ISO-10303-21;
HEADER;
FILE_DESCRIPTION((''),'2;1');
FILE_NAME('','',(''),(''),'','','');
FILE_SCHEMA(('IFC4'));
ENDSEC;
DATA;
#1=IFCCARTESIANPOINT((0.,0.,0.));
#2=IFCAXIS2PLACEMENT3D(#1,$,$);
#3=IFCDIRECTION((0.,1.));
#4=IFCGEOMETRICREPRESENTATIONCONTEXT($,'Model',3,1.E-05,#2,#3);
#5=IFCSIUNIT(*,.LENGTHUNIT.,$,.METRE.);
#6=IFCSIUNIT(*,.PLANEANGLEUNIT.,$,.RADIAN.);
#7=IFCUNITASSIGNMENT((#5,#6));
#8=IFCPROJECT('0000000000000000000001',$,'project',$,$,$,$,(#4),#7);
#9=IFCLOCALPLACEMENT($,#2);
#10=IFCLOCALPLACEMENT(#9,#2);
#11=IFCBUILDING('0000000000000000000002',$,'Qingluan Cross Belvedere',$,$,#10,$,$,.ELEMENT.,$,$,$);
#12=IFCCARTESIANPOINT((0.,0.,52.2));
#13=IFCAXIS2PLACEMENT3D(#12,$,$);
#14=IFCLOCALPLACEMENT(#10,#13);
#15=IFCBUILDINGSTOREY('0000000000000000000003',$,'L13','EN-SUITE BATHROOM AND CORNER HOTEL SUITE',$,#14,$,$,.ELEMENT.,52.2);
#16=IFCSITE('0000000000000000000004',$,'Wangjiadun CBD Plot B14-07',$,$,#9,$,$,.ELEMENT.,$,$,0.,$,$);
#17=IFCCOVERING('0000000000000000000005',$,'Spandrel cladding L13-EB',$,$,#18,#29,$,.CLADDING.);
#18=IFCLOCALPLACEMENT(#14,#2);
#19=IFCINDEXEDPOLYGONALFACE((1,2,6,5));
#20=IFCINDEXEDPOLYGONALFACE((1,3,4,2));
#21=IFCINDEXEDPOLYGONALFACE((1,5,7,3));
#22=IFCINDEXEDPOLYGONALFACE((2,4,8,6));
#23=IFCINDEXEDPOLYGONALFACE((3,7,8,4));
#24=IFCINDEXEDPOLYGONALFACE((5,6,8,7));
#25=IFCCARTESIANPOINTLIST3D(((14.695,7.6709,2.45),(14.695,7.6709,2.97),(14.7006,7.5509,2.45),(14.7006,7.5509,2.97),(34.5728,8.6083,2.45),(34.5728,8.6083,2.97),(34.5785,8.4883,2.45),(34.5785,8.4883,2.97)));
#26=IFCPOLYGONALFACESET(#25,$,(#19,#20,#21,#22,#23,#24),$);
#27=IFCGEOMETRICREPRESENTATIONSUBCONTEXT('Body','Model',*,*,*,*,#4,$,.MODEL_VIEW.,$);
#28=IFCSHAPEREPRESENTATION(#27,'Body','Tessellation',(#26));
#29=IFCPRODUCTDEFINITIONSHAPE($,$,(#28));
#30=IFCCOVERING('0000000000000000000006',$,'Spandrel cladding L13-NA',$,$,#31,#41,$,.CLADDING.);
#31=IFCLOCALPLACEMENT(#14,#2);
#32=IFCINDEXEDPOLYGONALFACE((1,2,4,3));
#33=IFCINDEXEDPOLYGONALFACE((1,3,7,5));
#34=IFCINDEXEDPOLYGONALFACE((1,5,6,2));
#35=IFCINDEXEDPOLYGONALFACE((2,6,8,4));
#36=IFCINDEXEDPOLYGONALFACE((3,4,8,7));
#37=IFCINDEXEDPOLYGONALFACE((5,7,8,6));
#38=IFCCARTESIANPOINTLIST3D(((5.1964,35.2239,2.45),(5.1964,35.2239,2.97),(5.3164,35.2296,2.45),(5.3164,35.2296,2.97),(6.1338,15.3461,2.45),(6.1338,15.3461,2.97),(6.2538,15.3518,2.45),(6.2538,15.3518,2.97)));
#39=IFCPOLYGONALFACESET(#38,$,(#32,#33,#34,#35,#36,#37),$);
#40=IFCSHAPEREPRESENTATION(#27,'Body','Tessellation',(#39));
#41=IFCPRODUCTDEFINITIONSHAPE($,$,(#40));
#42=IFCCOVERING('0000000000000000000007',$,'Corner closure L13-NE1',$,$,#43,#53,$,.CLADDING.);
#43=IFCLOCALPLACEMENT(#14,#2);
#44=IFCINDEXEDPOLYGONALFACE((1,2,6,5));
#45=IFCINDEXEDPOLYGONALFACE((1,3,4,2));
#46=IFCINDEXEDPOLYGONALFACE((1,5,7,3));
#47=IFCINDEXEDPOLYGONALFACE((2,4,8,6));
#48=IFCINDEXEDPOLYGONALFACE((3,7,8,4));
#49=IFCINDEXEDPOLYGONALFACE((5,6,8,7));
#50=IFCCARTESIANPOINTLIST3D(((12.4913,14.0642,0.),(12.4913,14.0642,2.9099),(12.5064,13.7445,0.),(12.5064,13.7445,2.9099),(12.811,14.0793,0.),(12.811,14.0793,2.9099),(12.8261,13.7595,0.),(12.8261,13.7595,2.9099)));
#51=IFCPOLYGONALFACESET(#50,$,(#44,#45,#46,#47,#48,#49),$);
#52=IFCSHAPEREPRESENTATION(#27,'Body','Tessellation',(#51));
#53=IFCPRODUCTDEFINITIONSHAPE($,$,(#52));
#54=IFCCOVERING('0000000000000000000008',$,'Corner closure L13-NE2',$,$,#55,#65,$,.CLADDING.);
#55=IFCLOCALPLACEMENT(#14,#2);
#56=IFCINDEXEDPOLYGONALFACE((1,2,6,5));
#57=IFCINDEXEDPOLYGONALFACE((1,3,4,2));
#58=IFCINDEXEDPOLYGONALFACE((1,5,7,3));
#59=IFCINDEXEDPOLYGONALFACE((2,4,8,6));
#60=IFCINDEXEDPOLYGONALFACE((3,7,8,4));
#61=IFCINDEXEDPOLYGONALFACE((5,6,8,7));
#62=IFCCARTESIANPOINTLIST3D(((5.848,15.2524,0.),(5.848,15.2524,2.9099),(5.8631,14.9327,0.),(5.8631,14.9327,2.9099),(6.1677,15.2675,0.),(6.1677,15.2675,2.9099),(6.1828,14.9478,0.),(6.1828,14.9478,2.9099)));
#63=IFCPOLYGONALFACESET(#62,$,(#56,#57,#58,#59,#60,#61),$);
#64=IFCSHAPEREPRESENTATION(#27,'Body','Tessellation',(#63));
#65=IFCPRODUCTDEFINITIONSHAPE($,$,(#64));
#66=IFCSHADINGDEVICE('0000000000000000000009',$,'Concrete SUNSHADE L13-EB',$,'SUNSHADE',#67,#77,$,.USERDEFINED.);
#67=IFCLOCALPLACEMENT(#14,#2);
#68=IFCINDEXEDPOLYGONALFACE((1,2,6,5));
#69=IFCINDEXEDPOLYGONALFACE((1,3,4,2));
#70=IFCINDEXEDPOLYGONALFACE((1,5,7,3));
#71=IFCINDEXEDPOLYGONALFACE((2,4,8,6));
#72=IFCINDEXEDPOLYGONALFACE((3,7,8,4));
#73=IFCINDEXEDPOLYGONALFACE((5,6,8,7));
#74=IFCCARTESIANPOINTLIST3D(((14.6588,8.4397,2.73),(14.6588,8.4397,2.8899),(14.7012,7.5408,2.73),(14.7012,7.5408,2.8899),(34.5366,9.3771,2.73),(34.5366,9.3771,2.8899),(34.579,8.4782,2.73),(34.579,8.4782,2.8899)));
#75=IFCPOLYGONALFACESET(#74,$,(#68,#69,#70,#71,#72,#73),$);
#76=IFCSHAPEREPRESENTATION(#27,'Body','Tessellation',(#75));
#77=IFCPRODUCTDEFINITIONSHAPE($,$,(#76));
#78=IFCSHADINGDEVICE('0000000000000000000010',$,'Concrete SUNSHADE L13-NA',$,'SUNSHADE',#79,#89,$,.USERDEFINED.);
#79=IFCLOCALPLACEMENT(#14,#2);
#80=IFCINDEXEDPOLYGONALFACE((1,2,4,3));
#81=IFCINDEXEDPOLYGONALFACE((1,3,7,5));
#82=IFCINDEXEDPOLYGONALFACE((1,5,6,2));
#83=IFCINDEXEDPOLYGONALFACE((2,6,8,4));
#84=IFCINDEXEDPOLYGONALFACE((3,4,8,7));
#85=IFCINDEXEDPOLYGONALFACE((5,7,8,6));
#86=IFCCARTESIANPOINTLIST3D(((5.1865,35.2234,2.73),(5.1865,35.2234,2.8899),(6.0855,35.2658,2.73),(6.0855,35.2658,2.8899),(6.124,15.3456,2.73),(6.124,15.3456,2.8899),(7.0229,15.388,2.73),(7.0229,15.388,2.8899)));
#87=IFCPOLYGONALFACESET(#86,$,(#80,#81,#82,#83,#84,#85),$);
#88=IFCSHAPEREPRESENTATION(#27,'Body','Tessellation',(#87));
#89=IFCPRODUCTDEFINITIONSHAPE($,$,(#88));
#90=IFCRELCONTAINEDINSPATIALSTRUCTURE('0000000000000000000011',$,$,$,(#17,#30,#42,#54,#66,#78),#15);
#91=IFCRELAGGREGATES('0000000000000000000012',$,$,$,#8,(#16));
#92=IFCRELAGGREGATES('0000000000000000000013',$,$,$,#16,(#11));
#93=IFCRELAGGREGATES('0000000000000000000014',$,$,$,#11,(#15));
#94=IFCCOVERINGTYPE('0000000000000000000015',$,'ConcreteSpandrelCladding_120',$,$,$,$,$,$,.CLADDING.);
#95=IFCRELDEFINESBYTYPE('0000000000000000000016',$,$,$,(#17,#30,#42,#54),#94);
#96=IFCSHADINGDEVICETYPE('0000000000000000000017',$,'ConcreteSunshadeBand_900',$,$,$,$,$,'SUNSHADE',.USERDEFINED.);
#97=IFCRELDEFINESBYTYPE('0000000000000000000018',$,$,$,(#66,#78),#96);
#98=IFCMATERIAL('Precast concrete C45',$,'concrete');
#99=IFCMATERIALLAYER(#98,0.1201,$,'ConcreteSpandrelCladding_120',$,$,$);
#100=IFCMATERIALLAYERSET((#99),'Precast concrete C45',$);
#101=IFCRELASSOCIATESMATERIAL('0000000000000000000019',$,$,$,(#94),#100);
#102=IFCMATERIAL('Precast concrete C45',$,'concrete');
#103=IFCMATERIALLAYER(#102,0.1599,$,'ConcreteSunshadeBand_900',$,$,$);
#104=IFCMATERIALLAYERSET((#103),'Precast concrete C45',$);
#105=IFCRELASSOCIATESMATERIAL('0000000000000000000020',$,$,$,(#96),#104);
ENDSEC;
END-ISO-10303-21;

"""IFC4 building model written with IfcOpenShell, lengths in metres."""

from ifc_helpers import new_model, si_unit, direction, frame, origin, origin_2d, place, context, subcontext, project, spatial, rectangle, extrude, material, layer, layer_set, type_object, element, save


model = new_model("IFC4")

# Units and contexts
model_context = context("Model", 3, precision=1e-05, world=origin(), true_north=direction((0.0, 1.0)))
body_context = subcontext(model_context, "Body", "Model", "MODEL_VIEW")
ifc_project = project(units=[si_unit("LENGTHUNIT", "METRE"), si_unit("PLANEANGLEUNIT", "RADIAN")], contexts=[model_context])

# Site, building, storey
site_placement = place(None, origin())
site = spatial("IfcSite", under=ifc_project, at=site_placement, Name="Wangjiadun CBD Plot B14-07", CompositionType="ELEMENT", RefElevation=0.0)
building_placement = place(site_placement, origin())
building = spatial("IfcBuilding", under=site, at=building_placement, Name="Qingluan Cross Belvedere", CompositionType="ELEMENT")
storey_placement = place(building_placement, frame((0.0, 0.0, 52.2)))
storey = spatial("IfcBuildingStorey", under=building, at=storey_placement, Name="L13", Description="EN-SUITE BATHROOM AND CORNER HOTEL SUITE", CompositionType="ELEMENT", Elevation=52.2)

# Coverings
ifc_material_1 = material(Name="Precast concrete C45", Category="concrete")
ifc_layer_1 = layer(ifc_material_1, 0.1201, Name="ConcreteSpandrelCladding_120")
ifc_layer_set_1 = layer_set([ifc_layer_1], Name="Precast concrete C45")
covering_type = type_object("IfcCoveringType", Name="ConcreteSpandrelCladding_120", PredefinedType="CLADDING", material=ifc_layer_set_1)
for number, where, z_axis, x_axis, name in (
    (1, (24.6367, 8.0796, 2.45), (0.0, 0.0, 1.0), (-0.99889, -0.047105, 0.0), "Spandrel cladding L13-EB"),
    (2, (5.7251, 25.2878, 2.45), (0.0, 0.0, 1.0), (-0.047109, 0.99889, 0.0), "Spandrel cladding L13-NA"),
):
    element("IfcCovering", number, at=place(storey_placement, frame(where, z_axis=z_axis, x_axis=x_axis)), inside=storey, type_object=covering_type, Name=name, PredefinedType="CLADDING", context=body_context, shape_type="SweptSolid", body=[
        extrude(rectangle(XDim=19.8999, YDim=0.1201, at=origin_2d()), origin(), (0.0, 0.0, 1.0), 0.52),
    ])
for number, where, z_axis, x_axis, name in (
    (3, (12.6587, 13.9119, 0.0), (0.0, 0.0, 1.0), (0.99889, 0.047106, 0.0), "Corner closure L13-NE1"),
    (4, (6.0154, 15.1001, 0.0), (0.0, 0.0, 1.0), (0.99889, 0.047106, 0.0), "Corner closure L13-NE2"),
):
    element("IfcCovering", number, at=place(storey_placement, frame(where, z_axis=z_axis, x_axis=x_axis)), inside=storey, type_object=covering_type, Name=name, PredefinedType="CLADDING", context=body_context, shape_type="SweptSolid", body=[
        extrude(rectangle(XDim=0.3201, YDim=0.3201, at=origin_2d()), origin(), (0.0, 0.0, 1.0), 2.9099),
    ])

# Shading devices
ifc_material_2 = material(Name="Precast concrete C45", Category="concrete")
ifc_layer_2 = layer(ifc_material_2, 0.1599, Name="ConcreteSunshadeBand_900")
ifc_layer_set_2 = layer_set([ifc_layer_2], Name="Precast concrete C45")
shading_device_type = type_object("IfcShadingDeviceType", Name="ConcreteSunshadeBand_900", ElementType="SUNSHADE", PredefinedType="USERDEFINED", material=ifc_layer_set_2)
for number, where, z_axis, x_axis, name in (
    (5, (24.6189, 8.459, 2.73), (0.0, 0.0, 1.0), (-0.99889, -0.047105, 0.0), "Concrete SUNSHADE L13-EB"),
    (6, (6.1047, 25.3057, 2.73), (0.0, 0.0, 1.0), (-0.047109, 0.99889, 0.0), "Concrete SUNSHADE L13-NA"),
):
    element("IfcShadingDevice", number, at=place(storey_placement, frame(where, z_axis=z_axis, x_axis=x_axis)), inside=storey, type_object=shading_device_type, Name=name, ObjectType="SUNSHADE", PredefinedType="USERDEFINED", context=body_context, shape_type="SweptSolid", body=[
        extrude(rectangle(XDim=19.8999, YDim=0.8999, at=origin_2d()), origin(), (0.0, 0.0, 1.0), 0.1599),
    ])

save(model, "model.ifc")
